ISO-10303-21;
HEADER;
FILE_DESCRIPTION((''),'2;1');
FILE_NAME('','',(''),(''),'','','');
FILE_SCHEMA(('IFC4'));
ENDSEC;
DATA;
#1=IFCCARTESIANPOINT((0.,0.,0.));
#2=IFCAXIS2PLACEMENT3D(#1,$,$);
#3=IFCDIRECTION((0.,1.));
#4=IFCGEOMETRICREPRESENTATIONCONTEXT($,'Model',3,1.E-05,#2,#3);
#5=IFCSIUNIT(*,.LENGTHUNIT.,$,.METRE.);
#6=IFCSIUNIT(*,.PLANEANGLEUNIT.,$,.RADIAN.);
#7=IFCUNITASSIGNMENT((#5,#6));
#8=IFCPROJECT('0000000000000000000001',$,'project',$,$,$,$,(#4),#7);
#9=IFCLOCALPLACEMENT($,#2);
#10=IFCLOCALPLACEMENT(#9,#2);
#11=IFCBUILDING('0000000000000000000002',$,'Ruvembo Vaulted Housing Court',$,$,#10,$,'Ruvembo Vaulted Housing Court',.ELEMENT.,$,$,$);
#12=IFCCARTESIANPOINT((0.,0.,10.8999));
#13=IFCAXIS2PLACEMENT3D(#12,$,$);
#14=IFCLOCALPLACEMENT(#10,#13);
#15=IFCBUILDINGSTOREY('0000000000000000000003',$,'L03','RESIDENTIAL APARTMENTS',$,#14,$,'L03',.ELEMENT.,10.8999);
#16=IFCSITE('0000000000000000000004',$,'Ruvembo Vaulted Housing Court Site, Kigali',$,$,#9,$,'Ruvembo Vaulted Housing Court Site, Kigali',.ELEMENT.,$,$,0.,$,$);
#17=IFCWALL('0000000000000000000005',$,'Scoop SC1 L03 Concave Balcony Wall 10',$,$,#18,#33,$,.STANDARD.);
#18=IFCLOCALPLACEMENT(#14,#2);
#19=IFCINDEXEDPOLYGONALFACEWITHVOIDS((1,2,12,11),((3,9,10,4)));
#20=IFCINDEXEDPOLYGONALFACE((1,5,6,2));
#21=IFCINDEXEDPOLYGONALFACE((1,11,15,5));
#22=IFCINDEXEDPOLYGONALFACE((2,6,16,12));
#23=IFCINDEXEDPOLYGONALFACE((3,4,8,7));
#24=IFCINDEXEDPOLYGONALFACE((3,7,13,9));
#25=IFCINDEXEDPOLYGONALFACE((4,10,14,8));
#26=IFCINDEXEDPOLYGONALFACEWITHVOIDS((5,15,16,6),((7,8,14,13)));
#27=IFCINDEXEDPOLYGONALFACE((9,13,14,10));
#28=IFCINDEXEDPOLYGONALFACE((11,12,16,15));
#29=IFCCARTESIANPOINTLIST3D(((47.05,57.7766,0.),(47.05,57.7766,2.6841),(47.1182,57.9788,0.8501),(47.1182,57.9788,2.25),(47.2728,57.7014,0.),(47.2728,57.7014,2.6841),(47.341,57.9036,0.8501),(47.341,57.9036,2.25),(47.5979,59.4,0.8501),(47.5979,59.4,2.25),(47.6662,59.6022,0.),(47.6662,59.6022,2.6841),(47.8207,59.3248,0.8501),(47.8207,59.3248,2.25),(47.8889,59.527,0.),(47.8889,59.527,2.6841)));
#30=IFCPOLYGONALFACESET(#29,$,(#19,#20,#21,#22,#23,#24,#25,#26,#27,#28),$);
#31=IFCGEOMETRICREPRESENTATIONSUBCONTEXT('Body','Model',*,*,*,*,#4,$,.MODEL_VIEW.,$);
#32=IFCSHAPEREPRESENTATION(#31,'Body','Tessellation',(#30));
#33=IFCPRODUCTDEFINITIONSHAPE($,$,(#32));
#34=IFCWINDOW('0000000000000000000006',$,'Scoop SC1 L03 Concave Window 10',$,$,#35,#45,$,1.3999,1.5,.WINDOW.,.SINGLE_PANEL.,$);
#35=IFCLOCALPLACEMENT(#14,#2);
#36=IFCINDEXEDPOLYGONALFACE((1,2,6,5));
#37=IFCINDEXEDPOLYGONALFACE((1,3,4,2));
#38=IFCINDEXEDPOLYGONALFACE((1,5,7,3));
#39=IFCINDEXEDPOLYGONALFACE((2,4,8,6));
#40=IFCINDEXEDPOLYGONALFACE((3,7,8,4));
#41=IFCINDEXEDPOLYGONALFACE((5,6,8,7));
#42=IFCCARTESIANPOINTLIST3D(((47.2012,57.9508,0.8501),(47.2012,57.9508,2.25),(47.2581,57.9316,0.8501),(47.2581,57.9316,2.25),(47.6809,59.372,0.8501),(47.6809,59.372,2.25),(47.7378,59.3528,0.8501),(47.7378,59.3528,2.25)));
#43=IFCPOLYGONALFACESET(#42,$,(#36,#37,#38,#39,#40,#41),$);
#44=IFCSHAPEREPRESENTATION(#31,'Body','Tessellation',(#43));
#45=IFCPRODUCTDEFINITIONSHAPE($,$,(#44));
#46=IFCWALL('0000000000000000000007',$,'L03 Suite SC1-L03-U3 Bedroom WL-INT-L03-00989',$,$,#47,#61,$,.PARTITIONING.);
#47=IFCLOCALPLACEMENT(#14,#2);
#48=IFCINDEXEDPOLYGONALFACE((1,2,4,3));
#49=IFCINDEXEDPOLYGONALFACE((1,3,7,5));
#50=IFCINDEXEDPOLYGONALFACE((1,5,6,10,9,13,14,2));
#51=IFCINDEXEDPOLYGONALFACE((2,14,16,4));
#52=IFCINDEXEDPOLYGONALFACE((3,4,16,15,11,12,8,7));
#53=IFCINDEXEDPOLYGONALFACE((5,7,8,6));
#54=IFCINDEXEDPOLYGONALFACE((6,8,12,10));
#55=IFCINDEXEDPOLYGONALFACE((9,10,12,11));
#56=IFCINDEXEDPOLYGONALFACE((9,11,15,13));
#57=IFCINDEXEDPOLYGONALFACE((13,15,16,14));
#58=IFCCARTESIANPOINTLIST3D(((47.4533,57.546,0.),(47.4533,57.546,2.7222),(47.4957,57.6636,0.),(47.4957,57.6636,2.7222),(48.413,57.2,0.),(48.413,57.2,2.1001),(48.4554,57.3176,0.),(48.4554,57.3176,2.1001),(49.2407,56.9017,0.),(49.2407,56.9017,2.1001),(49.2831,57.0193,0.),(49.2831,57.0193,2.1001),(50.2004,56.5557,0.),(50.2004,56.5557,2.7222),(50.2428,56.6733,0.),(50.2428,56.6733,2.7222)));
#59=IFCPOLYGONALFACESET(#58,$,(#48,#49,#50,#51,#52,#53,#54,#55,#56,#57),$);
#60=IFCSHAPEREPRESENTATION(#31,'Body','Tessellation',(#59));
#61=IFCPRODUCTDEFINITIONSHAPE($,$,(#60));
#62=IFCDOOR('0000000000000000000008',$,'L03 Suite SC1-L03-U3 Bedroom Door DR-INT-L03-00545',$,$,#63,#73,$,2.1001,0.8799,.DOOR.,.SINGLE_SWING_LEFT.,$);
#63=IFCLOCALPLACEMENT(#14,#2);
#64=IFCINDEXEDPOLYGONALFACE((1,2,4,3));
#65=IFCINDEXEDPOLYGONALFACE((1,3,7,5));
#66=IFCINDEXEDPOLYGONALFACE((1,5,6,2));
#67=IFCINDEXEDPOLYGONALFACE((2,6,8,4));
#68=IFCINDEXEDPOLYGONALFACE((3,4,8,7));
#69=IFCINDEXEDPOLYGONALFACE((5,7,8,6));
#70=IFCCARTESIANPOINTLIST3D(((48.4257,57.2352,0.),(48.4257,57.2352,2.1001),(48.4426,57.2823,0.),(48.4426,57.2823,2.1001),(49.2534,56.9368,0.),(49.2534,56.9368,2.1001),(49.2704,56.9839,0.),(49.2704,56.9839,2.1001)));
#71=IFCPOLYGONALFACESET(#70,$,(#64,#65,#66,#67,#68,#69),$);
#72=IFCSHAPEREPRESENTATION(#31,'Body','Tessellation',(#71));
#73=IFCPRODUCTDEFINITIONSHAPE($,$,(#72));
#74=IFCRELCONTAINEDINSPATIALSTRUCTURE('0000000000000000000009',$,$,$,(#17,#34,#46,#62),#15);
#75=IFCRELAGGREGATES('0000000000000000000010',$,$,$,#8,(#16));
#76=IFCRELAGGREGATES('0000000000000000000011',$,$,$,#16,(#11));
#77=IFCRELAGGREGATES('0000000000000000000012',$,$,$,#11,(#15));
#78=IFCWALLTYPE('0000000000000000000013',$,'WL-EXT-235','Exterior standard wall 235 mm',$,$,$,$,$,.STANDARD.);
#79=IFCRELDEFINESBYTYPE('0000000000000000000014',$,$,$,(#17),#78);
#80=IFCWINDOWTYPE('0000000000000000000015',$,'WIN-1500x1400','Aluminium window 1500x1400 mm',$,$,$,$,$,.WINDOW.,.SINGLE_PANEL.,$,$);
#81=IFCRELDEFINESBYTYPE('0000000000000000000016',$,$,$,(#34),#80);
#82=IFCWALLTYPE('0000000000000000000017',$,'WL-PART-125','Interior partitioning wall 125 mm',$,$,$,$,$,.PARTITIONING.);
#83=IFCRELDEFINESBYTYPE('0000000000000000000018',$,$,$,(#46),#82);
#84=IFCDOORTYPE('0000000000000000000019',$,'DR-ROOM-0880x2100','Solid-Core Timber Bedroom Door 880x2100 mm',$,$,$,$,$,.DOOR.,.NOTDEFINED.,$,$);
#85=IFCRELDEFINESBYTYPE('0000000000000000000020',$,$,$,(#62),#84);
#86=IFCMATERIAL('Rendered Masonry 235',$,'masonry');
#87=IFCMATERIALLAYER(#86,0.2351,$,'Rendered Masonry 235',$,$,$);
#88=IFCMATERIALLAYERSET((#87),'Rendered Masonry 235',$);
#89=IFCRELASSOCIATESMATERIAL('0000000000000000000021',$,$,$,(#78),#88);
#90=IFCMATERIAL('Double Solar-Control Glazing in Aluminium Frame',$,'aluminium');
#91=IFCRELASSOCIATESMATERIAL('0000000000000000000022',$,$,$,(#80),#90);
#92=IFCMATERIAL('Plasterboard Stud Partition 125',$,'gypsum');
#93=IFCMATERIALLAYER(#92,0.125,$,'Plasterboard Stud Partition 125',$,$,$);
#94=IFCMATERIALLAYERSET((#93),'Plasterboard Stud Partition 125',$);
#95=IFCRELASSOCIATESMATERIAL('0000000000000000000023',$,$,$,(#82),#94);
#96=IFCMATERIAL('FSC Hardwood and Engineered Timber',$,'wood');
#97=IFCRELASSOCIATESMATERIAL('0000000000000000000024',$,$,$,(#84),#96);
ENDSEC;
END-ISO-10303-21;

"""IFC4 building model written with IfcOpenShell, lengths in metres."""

from ifc_helpers import new_model, si_unit, direction, frame, frame_2d, origin, place, context, subcontext, project, spatial, rectangle, extrude, material, layer, layer_set, type_object, element, fill, save


model = new_model("IFC4")

# Units and contexts
model_context = context("Model", 3, precision=1e-05, world=origin(), true_north=direction((0.0, 1.0)))
body_context = subcontext(model_context, "Body", "Model", "MODEL_VIEW")
ifc_project = project(units=[si_unit("LENGTHUNIT", "METRE"), si_unit("PLANEANGLEUNIT", "RADIAN")], contexts=[model_context])

# Site, building, storey
site_placement = place(None, origin())
site = spatial("IfcSite", under=ifc_project, at=site_placement, Name="Ruvembo Vaulted Housing Court Site, Kigali", LongName="Ruvembo Vaulted Housing Court Site, Kigali", CompositionType="ELEMENT", RefElevation=0.0)
building_placement = place(site_placement, origin())
building = spatial("IfcBuilding", under=site, at=building_placement, Name="Ruvembo Vaulted Housing Court", LongName="Ruvembo Vaulted Housing Court", CompositionType="ELEMENT")
storey_placement = place(building_placement, frame((0.0, 0.0, 10.8999)))
storey = spatial("IfcBuildingStorey", under=building, at=storey_placement, Name="L03", Description="RESIDENTIAL APARTMENTS", LongName="L03", CompositionType="ELEMENT", Elevation=10.8999)

# Wall, opening, window
ifc_material_1 = material(Name="Rendered Masonry 235", Category="masonry")
ifc_layer_1 = layer(ifc_material_1, 0.2351, Name="Rendered Masonry 235")
ifc_layer_set_1 = layer_set([ifc_layer_1], Name="Rendered Masonry 235")
wall_type_1 = type_object("IfcWallType", Name="WL-EXT-235", Description="Exterior standard wall 235 mm", PredefinedType="STANDARD", material=ifc_layer_set_1)
ifc_material_2 = material(Name="Double Solar-Control Glazing in Aluminium Frame", Category="aluminium")
wall_1_placement = place(storey_placement, frame((47.1614, 57.739, 0.0), z_axis=(0.0, 0.0, 1.0), x_axis=(0.319799, 0.947486, 0.0)))
wall_1 = element("IfcWall", 1, at=wall_1_placement, inside=storey, type_object=wall_type_1, Name="Scoop SC1 L03 Concave Balcony Wall 10", PredefinedType="STANDARD", context=body_context, shape_type="SweptSolid", body=[
    extrude(rectangle(XDim=1.9268, YDim=0.2351, at=frame_2d((0.9634, 0.0))), origin(), (0.0, 0.0, 1.0), 2.6841),
])
opening_1_placement = place(wall_1_placement, frame((0.2134, 0.0, 0.8501)))
opening_1 = element("IfcOpeningElement", 2, at=opening_1_placement, cuts=wall_1, PredefinedType="OPENING", context=body_context, shape_type="SweptSolid", body=[
    extrude(rectangle(XDim=1.5, YDim=1.3999, at=frame_2d((0.75, 0.7))), frame((0.0, 0.1274, 0.0), z_axis=(0.0, -1.0, 0.0), x_axis=(1.0, 0.0, 0.0)), (0.0, 0.0, 1.0), 0.2551),
])
window_type_1 = type_object("IfcWindowType", Name="WIN-1500x1400", Description="Aluminium window 1500x1400 mm", PartitioningType="SINGLE_PANEL", PredefinedType="WINDOW", material=ifc_material_2)
window_1_placement = place(opening_1_placement, origin())
window_1 = element("IfcWindow", 3, at=window_1_placement, inside=storey, type_object=window_type_1, Name="Scoop SC1 L03 Concave Window 10", OverallHeight=1.3999, OverallWidth=1.5, PartitioningType="SINGLE_PANEL", PredefinedType="WINDOW", context=body_context, shape_type="SweptSolid", body=[
    extrude(rectangle(XDim=1.5, YDim=1.3999, at=frame_2d((0.75, 0.7))), frame((0.0, 0.03, 0.0), z_axis=(0.0, -1.0, 0.0), x_axis=(1.0, 0.0, 0.0)), (0.0, 0.0, 1.0), 0.0601),
])
fill(opening_1, window_1)

# Wall, opening, door
ifc_material_3 = material(Name="Plasterboard Stud Partition 125", Category="gypsum")
ifc_layer_2 = layer(ifc_material_3, 0.125, Name="Plasterboard Stud Partition 125")
ifc_layer_set_2 = layer_set([ifc_layer_2], Name="Plasterboard Stud Partition 125")
wall_type_2 = type_object("IfcWallType", Name="WL-PART-125", Description="Interior partitioning wall 125 mm", PredefinedType="PARTITIONING", material=ifc_layer_set_2)
wall_2_placement = place(storey_placement, frame((47.4746, 57.6047, 0.0), z_axis=(0.0, 0.0, 1.0), x_axis=(0.940747, -0.33911, 0.0)))
wall_2 = element("IfcWall", 4, at=wall_2_placement, inside=storey, type_object=wall_type_2, Name="L03 Suite SC1-L03-U3 Bedroom WL-INT-L03-00989", PredefinedType="PARTITIONING", context=body_context, shape_type="SweptSolid", body=[
    extrude(rectangle(XDim=2.9202, YDim=0.125, at=frame_2d((1.46, 0.0))), origin(), (0.0, 0.0, 1.0), 2.7222),
])
opening_2_placement = place(wall_2_placement, frame((1.02, 0.0, 0.0)))
opening_2 = element("IfcOpeningElement", 5, at=opening_2_placement, cuts=wall_2, PredefinedType="OPENING", context=body_context, shape_type="SweptSolid", body=[
    extrude(rectangle(XDim=0.8799, YDim=2.1001, at=frame_2d((0.4399, 1.05))), frame((0.0, 0.0725, 0.0), z_axis=(0.0, -1.0, 0.0), x_axis=(1.0, 0.0, 0.0)), (0.0, 0.0, 1.0), 0.145),
])
ifc_material_4 = material(Name="FSC Hardwood and Engineered Timber", Category="wood")
door_type = type_object("IfcDoorType", Name="DR-ROOM-0880x2100", Description="Solid-Core Timber Bedroom Door 880x2100 mm", OperationType="NOTDEFINED", PredefinedType="DOOR", material=ifc_material_4)
door_placement = place(opening_2_placement, origin())
door = element("IfcDoor", 6, at=door_placement, inside=storey, type_object=door_type, Name="L03 Suite SC1-L03-U3 Bedroom Door DR-INT-L03-00545", OperationType="SINGLE_SWING_LEFT", OverallHeight=2.1001, OverallWidth=0.8799, PredefinedType="DOOR", context=body_context, shape_type="SweptSolid", body=[
    extrude(rectangle(XDim=0.8799, YDim=2.1001, at=frame_2d((0.4399, 1.05))), frame((0.0, 0.0249, 0.0), z_axis=(0.0, -1.0, 0.0), x_axis=(1.0, 0.0, 0.0)), (0.0, 0.0, 1.0), 0.05),
])
fill(opening_2, door)

save(model, "model.ifc")
